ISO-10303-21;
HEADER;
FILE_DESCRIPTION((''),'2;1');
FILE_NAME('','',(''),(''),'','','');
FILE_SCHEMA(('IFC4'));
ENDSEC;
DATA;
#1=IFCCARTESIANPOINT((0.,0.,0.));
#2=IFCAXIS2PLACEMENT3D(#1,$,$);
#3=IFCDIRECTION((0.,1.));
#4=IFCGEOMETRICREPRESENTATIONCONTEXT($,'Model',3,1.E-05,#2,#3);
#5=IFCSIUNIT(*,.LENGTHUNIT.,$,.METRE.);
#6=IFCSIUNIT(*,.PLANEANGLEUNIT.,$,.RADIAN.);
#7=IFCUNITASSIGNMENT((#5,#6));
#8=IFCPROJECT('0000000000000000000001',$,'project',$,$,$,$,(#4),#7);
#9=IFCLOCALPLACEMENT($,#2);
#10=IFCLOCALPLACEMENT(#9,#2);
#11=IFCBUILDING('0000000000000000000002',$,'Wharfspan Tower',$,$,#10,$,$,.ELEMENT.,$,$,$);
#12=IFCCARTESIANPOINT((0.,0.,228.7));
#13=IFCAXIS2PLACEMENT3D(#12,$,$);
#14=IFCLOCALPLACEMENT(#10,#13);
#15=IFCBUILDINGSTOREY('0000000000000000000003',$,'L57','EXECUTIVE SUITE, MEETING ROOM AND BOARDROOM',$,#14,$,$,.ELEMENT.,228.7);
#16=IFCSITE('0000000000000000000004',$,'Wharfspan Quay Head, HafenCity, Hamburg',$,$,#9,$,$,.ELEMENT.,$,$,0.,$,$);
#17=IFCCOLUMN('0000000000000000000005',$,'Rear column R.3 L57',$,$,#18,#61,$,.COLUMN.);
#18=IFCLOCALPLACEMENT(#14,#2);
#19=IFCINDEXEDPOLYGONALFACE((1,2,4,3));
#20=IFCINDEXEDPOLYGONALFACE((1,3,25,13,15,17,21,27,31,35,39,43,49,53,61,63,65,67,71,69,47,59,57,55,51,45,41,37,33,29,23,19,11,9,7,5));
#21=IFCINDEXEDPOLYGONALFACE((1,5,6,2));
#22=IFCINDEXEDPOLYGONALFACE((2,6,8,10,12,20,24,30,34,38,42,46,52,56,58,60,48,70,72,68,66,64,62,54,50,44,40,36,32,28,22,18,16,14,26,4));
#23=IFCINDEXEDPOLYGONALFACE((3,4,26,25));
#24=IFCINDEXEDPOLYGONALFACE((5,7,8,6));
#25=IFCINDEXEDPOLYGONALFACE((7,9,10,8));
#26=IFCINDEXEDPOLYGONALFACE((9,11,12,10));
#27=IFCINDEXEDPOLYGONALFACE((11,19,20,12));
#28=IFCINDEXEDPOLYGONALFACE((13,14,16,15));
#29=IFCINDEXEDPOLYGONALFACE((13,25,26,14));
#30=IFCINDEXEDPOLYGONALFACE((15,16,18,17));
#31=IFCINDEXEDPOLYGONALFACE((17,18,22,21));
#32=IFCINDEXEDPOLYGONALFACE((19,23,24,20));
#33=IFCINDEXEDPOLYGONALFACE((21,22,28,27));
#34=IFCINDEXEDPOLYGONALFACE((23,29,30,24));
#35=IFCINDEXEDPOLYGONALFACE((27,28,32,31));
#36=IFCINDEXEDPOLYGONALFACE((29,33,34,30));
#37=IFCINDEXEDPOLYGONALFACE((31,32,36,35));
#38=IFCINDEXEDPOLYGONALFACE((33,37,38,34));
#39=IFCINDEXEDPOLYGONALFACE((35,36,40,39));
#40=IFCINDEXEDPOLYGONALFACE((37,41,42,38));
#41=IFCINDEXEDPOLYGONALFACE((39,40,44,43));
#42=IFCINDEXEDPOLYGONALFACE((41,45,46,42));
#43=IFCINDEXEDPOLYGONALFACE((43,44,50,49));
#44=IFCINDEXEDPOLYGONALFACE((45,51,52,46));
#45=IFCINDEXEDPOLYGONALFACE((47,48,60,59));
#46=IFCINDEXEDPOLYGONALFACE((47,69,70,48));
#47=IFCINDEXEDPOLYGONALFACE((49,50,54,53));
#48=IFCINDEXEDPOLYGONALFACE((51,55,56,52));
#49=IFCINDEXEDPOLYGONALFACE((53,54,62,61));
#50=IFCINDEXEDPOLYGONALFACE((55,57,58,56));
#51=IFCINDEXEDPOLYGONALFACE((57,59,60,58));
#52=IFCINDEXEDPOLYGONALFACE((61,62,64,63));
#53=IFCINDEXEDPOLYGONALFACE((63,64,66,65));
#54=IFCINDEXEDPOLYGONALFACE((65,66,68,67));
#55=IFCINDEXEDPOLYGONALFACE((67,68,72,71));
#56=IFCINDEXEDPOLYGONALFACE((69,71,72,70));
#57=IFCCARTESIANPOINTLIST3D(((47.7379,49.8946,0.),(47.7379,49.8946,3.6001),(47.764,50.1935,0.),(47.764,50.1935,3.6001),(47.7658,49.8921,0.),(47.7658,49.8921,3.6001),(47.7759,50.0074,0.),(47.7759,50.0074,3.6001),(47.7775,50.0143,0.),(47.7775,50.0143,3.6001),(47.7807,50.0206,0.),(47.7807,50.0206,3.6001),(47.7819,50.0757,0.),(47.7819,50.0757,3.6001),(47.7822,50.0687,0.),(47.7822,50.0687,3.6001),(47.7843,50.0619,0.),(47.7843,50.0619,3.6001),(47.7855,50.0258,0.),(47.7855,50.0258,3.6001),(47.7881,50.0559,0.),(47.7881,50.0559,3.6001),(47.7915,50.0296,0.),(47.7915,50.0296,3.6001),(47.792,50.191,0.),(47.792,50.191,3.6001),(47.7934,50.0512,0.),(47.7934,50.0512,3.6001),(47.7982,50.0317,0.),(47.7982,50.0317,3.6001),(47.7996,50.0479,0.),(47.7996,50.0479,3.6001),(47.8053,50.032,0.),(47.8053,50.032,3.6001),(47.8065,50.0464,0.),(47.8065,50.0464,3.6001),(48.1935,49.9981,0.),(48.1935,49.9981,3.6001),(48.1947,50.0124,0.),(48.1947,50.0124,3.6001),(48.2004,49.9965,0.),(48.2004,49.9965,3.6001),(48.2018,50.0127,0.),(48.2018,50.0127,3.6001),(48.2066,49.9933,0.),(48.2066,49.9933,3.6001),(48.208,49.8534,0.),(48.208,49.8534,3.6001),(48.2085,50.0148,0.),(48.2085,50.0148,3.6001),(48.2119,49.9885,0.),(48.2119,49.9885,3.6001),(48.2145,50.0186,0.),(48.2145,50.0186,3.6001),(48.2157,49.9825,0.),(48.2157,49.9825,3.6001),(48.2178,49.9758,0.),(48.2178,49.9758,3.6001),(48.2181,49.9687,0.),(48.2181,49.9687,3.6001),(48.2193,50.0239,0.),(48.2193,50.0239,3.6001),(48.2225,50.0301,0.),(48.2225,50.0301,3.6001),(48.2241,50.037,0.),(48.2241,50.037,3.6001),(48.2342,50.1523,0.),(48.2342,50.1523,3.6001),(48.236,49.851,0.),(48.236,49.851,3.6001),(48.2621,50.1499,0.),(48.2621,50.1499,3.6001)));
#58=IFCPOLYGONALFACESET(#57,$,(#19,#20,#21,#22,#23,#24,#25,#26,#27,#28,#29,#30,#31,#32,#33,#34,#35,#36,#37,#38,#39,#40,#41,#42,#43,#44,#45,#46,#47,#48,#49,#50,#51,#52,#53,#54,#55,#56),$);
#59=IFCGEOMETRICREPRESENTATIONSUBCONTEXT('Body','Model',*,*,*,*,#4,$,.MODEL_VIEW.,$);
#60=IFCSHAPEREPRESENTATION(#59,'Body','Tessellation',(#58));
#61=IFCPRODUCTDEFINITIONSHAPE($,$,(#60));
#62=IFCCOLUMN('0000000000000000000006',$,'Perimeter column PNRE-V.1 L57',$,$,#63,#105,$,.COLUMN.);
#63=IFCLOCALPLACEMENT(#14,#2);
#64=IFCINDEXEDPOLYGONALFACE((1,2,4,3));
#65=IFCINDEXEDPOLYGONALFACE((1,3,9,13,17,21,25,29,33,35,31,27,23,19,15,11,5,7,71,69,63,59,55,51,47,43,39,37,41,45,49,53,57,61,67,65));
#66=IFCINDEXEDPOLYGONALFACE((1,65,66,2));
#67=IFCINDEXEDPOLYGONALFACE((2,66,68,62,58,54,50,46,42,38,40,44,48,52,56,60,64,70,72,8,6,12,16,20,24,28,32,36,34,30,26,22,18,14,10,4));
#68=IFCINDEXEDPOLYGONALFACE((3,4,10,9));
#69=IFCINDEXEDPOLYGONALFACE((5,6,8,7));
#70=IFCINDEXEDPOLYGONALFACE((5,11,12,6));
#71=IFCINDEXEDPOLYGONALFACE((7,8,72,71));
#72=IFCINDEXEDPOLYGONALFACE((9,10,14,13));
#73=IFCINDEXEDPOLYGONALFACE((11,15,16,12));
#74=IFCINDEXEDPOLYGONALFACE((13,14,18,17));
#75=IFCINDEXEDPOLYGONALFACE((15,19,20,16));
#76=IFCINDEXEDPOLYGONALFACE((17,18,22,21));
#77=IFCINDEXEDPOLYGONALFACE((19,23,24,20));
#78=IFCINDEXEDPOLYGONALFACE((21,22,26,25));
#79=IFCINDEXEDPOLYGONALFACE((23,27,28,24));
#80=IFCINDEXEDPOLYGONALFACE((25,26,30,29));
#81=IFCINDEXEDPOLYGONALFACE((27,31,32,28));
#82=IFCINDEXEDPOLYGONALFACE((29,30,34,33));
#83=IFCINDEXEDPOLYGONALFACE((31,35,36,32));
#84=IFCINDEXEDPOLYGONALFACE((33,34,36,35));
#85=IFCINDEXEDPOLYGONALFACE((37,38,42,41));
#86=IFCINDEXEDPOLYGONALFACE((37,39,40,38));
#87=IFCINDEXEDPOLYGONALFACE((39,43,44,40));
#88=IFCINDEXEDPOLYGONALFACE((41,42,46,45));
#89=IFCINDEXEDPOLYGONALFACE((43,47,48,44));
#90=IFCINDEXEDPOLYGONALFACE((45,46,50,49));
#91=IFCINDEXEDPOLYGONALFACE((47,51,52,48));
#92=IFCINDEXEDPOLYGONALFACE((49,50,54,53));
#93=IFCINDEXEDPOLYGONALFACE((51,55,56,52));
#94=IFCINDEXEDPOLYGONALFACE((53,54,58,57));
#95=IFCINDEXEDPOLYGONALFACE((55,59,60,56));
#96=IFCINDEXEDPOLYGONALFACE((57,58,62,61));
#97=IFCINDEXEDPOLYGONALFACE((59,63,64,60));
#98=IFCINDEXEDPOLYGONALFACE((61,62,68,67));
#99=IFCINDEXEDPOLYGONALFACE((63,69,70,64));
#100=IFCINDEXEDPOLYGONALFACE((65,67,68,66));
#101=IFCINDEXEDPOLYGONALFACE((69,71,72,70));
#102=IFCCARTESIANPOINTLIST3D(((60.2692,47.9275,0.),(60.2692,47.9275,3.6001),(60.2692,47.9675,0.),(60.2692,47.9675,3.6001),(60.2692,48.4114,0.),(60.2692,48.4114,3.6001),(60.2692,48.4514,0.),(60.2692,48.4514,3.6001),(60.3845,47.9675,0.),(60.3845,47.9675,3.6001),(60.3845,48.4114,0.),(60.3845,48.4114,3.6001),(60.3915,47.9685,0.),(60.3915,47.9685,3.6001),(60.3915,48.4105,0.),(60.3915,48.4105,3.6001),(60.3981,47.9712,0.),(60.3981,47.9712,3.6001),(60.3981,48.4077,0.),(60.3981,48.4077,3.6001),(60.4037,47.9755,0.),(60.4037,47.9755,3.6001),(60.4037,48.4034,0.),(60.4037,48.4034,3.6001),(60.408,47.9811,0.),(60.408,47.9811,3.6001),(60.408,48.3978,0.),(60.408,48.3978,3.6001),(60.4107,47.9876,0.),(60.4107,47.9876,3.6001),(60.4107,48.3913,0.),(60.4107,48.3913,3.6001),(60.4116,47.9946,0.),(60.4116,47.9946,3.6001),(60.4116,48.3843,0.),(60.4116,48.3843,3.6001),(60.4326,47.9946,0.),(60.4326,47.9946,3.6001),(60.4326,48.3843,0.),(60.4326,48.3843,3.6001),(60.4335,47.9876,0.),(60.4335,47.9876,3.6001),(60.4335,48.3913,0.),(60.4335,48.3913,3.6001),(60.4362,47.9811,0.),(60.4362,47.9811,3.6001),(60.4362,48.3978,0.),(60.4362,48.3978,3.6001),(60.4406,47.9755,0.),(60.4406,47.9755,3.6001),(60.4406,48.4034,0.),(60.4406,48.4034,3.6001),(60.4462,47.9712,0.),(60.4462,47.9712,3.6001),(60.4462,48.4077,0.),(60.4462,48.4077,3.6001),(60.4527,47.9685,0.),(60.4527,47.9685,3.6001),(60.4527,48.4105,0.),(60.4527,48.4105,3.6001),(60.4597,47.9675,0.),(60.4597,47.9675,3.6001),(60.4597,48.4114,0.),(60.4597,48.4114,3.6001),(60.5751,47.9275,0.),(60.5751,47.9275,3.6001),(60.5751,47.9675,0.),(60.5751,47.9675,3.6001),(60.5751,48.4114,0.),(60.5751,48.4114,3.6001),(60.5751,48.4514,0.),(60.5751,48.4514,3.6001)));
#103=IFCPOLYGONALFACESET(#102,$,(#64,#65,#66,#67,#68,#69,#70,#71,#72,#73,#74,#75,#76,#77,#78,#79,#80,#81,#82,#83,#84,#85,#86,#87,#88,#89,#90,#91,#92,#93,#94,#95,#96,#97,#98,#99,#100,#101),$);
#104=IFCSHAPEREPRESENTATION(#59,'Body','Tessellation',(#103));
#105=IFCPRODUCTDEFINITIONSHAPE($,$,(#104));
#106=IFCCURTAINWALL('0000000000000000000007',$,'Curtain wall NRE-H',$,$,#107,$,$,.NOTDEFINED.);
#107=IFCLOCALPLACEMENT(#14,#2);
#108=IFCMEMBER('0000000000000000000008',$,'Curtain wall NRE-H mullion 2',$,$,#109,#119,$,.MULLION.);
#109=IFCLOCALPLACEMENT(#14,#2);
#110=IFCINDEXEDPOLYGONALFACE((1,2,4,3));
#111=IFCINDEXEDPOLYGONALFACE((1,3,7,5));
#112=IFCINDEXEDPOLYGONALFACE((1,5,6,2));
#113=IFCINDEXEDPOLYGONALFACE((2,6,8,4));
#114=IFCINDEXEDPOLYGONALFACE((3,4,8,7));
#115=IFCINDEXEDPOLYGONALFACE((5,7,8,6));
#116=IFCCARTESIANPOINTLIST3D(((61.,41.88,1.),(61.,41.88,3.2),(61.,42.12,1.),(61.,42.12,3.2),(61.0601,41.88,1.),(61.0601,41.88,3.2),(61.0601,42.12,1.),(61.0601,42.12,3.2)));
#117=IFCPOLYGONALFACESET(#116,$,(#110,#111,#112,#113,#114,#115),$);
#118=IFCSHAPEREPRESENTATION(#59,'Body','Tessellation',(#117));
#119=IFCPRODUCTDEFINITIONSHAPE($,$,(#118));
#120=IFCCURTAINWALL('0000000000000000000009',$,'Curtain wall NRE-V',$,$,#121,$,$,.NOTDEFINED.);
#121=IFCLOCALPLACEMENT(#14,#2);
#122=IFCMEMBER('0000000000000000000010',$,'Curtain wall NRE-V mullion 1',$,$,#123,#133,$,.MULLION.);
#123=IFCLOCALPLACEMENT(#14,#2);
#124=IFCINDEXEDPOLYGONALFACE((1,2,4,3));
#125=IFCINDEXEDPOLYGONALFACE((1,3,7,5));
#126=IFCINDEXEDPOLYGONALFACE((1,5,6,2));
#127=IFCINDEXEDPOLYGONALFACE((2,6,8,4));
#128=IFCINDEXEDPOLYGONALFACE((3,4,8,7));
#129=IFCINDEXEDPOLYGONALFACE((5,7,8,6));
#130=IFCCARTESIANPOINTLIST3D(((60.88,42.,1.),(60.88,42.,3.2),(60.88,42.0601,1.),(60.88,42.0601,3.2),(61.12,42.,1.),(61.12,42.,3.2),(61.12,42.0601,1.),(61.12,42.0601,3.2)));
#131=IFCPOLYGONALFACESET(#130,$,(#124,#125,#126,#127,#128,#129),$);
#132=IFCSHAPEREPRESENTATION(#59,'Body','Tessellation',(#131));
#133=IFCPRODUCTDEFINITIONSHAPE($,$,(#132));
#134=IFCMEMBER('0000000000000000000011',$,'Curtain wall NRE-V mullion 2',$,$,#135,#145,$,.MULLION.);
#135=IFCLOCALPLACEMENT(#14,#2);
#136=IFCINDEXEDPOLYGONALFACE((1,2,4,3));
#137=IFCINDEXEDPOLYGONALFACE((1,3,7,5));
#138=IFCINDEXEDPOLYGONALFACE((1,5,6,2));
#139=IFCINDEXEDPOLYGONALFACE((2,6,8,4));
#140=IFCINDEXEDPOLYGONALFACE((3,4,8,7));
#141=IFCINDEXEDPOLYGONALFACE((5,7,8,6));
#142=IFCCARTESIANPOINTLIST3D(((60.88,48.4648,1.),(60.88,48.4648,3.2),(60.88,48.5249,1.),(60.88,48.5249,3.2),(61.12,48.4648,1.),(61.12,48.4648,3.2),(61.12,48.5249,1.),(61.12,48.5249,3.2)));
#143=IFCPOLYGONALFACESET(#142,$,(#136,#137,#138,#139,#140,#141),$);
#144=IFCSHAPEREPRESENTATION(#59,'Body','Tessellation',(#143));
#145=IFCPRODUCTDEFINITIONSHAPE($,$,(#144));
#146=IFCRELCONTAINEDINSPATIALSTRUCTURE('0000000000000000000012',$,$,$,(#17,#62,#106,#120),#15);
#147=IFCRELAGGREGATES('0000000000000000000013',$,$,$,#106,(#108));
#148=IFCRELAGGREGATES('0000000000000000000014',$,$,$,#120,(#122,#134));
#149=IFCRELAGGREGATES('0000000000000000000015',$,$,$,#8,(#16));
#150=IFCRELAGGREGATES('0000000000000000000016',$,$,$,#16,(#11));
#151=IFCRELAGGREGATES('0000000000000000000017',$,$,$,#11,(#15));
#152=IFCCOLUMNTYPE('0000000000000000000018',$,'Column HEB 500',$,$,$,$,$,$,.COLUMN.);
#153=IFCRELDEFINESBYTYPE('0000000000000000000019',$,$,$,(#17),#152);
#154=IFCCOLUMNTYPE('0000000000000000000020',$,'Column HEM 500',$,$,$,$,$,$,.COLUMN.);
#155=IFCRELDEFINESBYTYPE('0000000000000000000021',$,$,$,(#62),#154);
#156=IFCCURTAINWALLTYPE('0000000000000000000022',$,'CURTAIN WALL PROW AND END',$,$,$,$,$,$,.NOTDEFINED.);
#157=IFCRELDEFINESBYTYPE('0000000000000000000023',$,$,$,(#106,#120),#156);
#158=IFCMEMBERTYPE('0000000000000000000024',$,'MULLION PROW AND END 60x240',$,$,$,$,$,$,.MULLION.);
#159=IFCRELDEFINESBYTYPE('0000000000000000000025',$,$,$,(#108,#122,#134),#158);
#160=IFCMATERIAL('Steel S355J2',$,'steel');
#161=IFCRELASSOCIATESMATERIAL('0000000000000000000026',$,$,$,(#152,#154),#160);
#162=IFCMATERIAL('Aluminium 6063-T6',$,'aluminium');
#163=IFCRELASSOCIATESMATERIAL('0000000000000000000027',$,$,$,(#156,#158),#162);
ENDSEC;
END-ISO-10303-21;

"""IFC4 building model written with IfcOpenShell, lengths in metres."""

from ifc_helpers import new_model, si_unit, direction, frame, origin, origin_2d, place, context, subcontext, project, spatial, rectangle, i_section, extrude, material, material_profile, profile_set, type_object, element, aggregate, save


model = new_model("IFC4")

# Units and contexts
model_context = context("Model", 3, precision=1e-05, world=origin(), true_north=direction((0.0, 1.0)))
body_context = subcontext(model_context, "Body", "Model", "MODEL_VIEW")
ifc_project = project(units=[si_unit("LENGTHUNIT", "METRE"), si_unit("PLANEANGLEUNIT", "RADIAN")], contexts=[model_context])

# Site, building, storey
site_placement = place(None, origin())
site = spatial("IfcSite", under=ifc_project, at=site_placement, Name="Wharfspan Quay Head, HafenCity, Hamburg", CompositionType="ELEMENT", RefElevation=0.0)
building_placement = place(site_placement, origin())
building = spatial("IfcBuilding", under=site, at=building_placement, Name="Wharfspan Tower", CompositionType="ELEMENT")
storey_placement = place(building_placement, frame((0.0, 0.0, 228.7)))
storey = spatial("IfcBuildingStorey", under=building, at=storey_placement, Name="L57", Description="EXECUTIVE SUITE, MEETING ROOM AND BOARDROOM", CompositionType="ELEMENT", Elevation=228.7)

# Columns
ifc_material_1 = material(Name="Steel S355J2", Category="steel")
ifc_material_profile_1 = material_profile(ifc_material_1, i_section(OverallWidth=0.3, OverallDepth=0.5, WebThickness=0.0144, FlangeThickness=0.0281, FilletRadius=0.0271, at=origin_2d()))
ifc_profile_set_1 = profile_set([ifc_material_profile_1], Name="Steel S355J2")
column_type_1 = type_object("IfcColumnType", Name="Column HEB 500", PredefinedType="COLUMN", material=ifc_profile_set_1)
column_1_placement = place(storey_placement, frame((48.0, 50.0222, 0.0), z_axis=(0.0, 0.0, 1.0), x_axis=(0.087156, 0.996197, 0.0)))
element("IfcColumn", 1, at=column_1_placement, inside=storey, type_object=column_type_1, Name="Rear column R.3 L57", PredefinedType="COLUMN", context=body_context, shape_type="SweptSolid", body=[
    extrude(i_section(OverallWidth=0.3, OverallDepth=0.5, WebThickness=0.0144, FlangeThickness=0.0281, FilletRadius=0.0271, at=origin_2d()), origin(), (0.0, 0.0, 1.0), 3.6001),
])
ifc_material_profile_2 = material_profile(ifc_material_1, i_section(OverallWidth=0.3059, OverallDepth=0.5239, WebThickness=0.021, FlangeThickness=0.04, FilletRadius=0.0271, at=origin_2d()))
ifc_profile_set_2 = profile_set([ifc_material_profile_2], Name="Steel S355J2")
column_type_2 = type_object("IfcColumnType", Name="Column HEM 500", PredefinedType="COLUMN", material=ifc_profile_set_2)
column_2_placement = place(storey_placement, frame((60.4221, 48.1895, 0.0), z_axis=(0.0, 0.0, 1.0), x_axis=(1.0, 0.0, 0.0)))
element("IfcColumn", 2, at=column_2_placement, inside=storey, type_object=column_type_2, Name="Perimeter column PNRE-V.1 L57", PredefinedType="COLUMN", context=body_context, shape_type="SweptSolid", body=[
    extrude(i_section(OverallWidth=0.3059, OverallDepth=0.5239, WebThickness=0.021, FlangeThickness=0.04, FilletRadius=0.0271, at=origin_2d()), origin(), (0.0, 0.0, 1.0), 3.6001),
])

# Curtain wall, member
ifc_material_2 = material(Name="Aluminium 6063-T6", Category="aluminium")
curtain_wall_type = type_object("IfcCurtainWallType", Name="CURTAIN WALL PROW AND END", PredefinedType="NOTDEFINED", material=ifc_material_2)
curtain_wall_1_placement = place(storey_placement, origin())
curtain_wall_1 = element("IfcCurtainWall", 3, at=curtain_wall_1_placement, inside=storey, type_object=curtain_wall_type, Name="Curtain wall NRE-H", PredefinedType="NOTDEFINED")
ifc_material_profile_3 = material_profile(ifc_material_2, rectangle(XDim=0.24, YDim=0.0601, at=origin_2d()))
ifc_profile_set_3 = profile_set([ifc_material_profile_3], Name="Aluminium 6063-T6")
member_type_1 = type_object("IfcMemberType", Name="MULLION PROW AND END 60x240", PredefinedType="MULLION", material=ifc_profile_set_3)
member_1_placement = place(storey_placement, frame((61.03, 42.0, 1.0), z_axis=(0.0, 0.0, 1.0), x_axis=(0.0, -1.0, 0.0)))
member_1 = element("IfcMember", 4, at=member_1_placement, type_object=member_type_1, Name="Curtain wall NRE-H mullion 2", PredefinedType="MULLION", context=body_context, shape_type="SweptSolid", body=[
    extrude(rectangle(XDim=0.24, YDim=0.0601, at=origin_2d()), origin(), (0.0, 0.0, 1.0), 2.2),
])
aggregate(curtain_wall_1, [member_1])

# Curtain wall, members
curtain_wall_2_placement = place(storey_placement, origin())
curtain_wall_2 = element("IfcCurtainWall", 5, at=curtain_wall_2_placement, inside=storey, type_object=curtain_wall_type, Name="Curtain wall NRE-V", PredefinedType="NOTDEFINED")
member_2_placement = place(storey_placement, frame((61.0, 42.03, 1.0), z_axis=(0.0, 0.0, 1.0), x_axis=(-1.0, 0.0, 0.0)))
member_2 = element("IfcMember", 6, at=member_2_placement, type_object=member_type_1, Name="Curtain wall NRE-V mullion 1", PredefinedType="MULLION", context=body_context, shape_type="SweptSolid", body=[
    extrude(rectangle(XDim=0.24, YDim=0.0601, at=origin_2d()), origin(), (0.0, 0.0, 1.0), 2.2),
])
member_3_placement = place(storey_placement, frame((61.0, 48.4949, 1.0), z_axis=(0.0, 0.0, 1.0), x_axis=(-1.0, 0.0, 0.0)))
member_3 = element("IfcMember", 7, at=member_3_placement, type_object=member_type_1, Name="Curtain wall NRE-V mullion 2", PredefinedType="MULLION", context=body_context, shape_type="SweptSolid", body=[
    extrude(rectangle(XDim=0.24, YDim=0.0601, at=origin_2d()), origin(), (0.0, 0.0, 1.0), 2.2),
])

aggregate(curtain_wall_2, [member_2, member_3])

save(model, "model.ifc")
